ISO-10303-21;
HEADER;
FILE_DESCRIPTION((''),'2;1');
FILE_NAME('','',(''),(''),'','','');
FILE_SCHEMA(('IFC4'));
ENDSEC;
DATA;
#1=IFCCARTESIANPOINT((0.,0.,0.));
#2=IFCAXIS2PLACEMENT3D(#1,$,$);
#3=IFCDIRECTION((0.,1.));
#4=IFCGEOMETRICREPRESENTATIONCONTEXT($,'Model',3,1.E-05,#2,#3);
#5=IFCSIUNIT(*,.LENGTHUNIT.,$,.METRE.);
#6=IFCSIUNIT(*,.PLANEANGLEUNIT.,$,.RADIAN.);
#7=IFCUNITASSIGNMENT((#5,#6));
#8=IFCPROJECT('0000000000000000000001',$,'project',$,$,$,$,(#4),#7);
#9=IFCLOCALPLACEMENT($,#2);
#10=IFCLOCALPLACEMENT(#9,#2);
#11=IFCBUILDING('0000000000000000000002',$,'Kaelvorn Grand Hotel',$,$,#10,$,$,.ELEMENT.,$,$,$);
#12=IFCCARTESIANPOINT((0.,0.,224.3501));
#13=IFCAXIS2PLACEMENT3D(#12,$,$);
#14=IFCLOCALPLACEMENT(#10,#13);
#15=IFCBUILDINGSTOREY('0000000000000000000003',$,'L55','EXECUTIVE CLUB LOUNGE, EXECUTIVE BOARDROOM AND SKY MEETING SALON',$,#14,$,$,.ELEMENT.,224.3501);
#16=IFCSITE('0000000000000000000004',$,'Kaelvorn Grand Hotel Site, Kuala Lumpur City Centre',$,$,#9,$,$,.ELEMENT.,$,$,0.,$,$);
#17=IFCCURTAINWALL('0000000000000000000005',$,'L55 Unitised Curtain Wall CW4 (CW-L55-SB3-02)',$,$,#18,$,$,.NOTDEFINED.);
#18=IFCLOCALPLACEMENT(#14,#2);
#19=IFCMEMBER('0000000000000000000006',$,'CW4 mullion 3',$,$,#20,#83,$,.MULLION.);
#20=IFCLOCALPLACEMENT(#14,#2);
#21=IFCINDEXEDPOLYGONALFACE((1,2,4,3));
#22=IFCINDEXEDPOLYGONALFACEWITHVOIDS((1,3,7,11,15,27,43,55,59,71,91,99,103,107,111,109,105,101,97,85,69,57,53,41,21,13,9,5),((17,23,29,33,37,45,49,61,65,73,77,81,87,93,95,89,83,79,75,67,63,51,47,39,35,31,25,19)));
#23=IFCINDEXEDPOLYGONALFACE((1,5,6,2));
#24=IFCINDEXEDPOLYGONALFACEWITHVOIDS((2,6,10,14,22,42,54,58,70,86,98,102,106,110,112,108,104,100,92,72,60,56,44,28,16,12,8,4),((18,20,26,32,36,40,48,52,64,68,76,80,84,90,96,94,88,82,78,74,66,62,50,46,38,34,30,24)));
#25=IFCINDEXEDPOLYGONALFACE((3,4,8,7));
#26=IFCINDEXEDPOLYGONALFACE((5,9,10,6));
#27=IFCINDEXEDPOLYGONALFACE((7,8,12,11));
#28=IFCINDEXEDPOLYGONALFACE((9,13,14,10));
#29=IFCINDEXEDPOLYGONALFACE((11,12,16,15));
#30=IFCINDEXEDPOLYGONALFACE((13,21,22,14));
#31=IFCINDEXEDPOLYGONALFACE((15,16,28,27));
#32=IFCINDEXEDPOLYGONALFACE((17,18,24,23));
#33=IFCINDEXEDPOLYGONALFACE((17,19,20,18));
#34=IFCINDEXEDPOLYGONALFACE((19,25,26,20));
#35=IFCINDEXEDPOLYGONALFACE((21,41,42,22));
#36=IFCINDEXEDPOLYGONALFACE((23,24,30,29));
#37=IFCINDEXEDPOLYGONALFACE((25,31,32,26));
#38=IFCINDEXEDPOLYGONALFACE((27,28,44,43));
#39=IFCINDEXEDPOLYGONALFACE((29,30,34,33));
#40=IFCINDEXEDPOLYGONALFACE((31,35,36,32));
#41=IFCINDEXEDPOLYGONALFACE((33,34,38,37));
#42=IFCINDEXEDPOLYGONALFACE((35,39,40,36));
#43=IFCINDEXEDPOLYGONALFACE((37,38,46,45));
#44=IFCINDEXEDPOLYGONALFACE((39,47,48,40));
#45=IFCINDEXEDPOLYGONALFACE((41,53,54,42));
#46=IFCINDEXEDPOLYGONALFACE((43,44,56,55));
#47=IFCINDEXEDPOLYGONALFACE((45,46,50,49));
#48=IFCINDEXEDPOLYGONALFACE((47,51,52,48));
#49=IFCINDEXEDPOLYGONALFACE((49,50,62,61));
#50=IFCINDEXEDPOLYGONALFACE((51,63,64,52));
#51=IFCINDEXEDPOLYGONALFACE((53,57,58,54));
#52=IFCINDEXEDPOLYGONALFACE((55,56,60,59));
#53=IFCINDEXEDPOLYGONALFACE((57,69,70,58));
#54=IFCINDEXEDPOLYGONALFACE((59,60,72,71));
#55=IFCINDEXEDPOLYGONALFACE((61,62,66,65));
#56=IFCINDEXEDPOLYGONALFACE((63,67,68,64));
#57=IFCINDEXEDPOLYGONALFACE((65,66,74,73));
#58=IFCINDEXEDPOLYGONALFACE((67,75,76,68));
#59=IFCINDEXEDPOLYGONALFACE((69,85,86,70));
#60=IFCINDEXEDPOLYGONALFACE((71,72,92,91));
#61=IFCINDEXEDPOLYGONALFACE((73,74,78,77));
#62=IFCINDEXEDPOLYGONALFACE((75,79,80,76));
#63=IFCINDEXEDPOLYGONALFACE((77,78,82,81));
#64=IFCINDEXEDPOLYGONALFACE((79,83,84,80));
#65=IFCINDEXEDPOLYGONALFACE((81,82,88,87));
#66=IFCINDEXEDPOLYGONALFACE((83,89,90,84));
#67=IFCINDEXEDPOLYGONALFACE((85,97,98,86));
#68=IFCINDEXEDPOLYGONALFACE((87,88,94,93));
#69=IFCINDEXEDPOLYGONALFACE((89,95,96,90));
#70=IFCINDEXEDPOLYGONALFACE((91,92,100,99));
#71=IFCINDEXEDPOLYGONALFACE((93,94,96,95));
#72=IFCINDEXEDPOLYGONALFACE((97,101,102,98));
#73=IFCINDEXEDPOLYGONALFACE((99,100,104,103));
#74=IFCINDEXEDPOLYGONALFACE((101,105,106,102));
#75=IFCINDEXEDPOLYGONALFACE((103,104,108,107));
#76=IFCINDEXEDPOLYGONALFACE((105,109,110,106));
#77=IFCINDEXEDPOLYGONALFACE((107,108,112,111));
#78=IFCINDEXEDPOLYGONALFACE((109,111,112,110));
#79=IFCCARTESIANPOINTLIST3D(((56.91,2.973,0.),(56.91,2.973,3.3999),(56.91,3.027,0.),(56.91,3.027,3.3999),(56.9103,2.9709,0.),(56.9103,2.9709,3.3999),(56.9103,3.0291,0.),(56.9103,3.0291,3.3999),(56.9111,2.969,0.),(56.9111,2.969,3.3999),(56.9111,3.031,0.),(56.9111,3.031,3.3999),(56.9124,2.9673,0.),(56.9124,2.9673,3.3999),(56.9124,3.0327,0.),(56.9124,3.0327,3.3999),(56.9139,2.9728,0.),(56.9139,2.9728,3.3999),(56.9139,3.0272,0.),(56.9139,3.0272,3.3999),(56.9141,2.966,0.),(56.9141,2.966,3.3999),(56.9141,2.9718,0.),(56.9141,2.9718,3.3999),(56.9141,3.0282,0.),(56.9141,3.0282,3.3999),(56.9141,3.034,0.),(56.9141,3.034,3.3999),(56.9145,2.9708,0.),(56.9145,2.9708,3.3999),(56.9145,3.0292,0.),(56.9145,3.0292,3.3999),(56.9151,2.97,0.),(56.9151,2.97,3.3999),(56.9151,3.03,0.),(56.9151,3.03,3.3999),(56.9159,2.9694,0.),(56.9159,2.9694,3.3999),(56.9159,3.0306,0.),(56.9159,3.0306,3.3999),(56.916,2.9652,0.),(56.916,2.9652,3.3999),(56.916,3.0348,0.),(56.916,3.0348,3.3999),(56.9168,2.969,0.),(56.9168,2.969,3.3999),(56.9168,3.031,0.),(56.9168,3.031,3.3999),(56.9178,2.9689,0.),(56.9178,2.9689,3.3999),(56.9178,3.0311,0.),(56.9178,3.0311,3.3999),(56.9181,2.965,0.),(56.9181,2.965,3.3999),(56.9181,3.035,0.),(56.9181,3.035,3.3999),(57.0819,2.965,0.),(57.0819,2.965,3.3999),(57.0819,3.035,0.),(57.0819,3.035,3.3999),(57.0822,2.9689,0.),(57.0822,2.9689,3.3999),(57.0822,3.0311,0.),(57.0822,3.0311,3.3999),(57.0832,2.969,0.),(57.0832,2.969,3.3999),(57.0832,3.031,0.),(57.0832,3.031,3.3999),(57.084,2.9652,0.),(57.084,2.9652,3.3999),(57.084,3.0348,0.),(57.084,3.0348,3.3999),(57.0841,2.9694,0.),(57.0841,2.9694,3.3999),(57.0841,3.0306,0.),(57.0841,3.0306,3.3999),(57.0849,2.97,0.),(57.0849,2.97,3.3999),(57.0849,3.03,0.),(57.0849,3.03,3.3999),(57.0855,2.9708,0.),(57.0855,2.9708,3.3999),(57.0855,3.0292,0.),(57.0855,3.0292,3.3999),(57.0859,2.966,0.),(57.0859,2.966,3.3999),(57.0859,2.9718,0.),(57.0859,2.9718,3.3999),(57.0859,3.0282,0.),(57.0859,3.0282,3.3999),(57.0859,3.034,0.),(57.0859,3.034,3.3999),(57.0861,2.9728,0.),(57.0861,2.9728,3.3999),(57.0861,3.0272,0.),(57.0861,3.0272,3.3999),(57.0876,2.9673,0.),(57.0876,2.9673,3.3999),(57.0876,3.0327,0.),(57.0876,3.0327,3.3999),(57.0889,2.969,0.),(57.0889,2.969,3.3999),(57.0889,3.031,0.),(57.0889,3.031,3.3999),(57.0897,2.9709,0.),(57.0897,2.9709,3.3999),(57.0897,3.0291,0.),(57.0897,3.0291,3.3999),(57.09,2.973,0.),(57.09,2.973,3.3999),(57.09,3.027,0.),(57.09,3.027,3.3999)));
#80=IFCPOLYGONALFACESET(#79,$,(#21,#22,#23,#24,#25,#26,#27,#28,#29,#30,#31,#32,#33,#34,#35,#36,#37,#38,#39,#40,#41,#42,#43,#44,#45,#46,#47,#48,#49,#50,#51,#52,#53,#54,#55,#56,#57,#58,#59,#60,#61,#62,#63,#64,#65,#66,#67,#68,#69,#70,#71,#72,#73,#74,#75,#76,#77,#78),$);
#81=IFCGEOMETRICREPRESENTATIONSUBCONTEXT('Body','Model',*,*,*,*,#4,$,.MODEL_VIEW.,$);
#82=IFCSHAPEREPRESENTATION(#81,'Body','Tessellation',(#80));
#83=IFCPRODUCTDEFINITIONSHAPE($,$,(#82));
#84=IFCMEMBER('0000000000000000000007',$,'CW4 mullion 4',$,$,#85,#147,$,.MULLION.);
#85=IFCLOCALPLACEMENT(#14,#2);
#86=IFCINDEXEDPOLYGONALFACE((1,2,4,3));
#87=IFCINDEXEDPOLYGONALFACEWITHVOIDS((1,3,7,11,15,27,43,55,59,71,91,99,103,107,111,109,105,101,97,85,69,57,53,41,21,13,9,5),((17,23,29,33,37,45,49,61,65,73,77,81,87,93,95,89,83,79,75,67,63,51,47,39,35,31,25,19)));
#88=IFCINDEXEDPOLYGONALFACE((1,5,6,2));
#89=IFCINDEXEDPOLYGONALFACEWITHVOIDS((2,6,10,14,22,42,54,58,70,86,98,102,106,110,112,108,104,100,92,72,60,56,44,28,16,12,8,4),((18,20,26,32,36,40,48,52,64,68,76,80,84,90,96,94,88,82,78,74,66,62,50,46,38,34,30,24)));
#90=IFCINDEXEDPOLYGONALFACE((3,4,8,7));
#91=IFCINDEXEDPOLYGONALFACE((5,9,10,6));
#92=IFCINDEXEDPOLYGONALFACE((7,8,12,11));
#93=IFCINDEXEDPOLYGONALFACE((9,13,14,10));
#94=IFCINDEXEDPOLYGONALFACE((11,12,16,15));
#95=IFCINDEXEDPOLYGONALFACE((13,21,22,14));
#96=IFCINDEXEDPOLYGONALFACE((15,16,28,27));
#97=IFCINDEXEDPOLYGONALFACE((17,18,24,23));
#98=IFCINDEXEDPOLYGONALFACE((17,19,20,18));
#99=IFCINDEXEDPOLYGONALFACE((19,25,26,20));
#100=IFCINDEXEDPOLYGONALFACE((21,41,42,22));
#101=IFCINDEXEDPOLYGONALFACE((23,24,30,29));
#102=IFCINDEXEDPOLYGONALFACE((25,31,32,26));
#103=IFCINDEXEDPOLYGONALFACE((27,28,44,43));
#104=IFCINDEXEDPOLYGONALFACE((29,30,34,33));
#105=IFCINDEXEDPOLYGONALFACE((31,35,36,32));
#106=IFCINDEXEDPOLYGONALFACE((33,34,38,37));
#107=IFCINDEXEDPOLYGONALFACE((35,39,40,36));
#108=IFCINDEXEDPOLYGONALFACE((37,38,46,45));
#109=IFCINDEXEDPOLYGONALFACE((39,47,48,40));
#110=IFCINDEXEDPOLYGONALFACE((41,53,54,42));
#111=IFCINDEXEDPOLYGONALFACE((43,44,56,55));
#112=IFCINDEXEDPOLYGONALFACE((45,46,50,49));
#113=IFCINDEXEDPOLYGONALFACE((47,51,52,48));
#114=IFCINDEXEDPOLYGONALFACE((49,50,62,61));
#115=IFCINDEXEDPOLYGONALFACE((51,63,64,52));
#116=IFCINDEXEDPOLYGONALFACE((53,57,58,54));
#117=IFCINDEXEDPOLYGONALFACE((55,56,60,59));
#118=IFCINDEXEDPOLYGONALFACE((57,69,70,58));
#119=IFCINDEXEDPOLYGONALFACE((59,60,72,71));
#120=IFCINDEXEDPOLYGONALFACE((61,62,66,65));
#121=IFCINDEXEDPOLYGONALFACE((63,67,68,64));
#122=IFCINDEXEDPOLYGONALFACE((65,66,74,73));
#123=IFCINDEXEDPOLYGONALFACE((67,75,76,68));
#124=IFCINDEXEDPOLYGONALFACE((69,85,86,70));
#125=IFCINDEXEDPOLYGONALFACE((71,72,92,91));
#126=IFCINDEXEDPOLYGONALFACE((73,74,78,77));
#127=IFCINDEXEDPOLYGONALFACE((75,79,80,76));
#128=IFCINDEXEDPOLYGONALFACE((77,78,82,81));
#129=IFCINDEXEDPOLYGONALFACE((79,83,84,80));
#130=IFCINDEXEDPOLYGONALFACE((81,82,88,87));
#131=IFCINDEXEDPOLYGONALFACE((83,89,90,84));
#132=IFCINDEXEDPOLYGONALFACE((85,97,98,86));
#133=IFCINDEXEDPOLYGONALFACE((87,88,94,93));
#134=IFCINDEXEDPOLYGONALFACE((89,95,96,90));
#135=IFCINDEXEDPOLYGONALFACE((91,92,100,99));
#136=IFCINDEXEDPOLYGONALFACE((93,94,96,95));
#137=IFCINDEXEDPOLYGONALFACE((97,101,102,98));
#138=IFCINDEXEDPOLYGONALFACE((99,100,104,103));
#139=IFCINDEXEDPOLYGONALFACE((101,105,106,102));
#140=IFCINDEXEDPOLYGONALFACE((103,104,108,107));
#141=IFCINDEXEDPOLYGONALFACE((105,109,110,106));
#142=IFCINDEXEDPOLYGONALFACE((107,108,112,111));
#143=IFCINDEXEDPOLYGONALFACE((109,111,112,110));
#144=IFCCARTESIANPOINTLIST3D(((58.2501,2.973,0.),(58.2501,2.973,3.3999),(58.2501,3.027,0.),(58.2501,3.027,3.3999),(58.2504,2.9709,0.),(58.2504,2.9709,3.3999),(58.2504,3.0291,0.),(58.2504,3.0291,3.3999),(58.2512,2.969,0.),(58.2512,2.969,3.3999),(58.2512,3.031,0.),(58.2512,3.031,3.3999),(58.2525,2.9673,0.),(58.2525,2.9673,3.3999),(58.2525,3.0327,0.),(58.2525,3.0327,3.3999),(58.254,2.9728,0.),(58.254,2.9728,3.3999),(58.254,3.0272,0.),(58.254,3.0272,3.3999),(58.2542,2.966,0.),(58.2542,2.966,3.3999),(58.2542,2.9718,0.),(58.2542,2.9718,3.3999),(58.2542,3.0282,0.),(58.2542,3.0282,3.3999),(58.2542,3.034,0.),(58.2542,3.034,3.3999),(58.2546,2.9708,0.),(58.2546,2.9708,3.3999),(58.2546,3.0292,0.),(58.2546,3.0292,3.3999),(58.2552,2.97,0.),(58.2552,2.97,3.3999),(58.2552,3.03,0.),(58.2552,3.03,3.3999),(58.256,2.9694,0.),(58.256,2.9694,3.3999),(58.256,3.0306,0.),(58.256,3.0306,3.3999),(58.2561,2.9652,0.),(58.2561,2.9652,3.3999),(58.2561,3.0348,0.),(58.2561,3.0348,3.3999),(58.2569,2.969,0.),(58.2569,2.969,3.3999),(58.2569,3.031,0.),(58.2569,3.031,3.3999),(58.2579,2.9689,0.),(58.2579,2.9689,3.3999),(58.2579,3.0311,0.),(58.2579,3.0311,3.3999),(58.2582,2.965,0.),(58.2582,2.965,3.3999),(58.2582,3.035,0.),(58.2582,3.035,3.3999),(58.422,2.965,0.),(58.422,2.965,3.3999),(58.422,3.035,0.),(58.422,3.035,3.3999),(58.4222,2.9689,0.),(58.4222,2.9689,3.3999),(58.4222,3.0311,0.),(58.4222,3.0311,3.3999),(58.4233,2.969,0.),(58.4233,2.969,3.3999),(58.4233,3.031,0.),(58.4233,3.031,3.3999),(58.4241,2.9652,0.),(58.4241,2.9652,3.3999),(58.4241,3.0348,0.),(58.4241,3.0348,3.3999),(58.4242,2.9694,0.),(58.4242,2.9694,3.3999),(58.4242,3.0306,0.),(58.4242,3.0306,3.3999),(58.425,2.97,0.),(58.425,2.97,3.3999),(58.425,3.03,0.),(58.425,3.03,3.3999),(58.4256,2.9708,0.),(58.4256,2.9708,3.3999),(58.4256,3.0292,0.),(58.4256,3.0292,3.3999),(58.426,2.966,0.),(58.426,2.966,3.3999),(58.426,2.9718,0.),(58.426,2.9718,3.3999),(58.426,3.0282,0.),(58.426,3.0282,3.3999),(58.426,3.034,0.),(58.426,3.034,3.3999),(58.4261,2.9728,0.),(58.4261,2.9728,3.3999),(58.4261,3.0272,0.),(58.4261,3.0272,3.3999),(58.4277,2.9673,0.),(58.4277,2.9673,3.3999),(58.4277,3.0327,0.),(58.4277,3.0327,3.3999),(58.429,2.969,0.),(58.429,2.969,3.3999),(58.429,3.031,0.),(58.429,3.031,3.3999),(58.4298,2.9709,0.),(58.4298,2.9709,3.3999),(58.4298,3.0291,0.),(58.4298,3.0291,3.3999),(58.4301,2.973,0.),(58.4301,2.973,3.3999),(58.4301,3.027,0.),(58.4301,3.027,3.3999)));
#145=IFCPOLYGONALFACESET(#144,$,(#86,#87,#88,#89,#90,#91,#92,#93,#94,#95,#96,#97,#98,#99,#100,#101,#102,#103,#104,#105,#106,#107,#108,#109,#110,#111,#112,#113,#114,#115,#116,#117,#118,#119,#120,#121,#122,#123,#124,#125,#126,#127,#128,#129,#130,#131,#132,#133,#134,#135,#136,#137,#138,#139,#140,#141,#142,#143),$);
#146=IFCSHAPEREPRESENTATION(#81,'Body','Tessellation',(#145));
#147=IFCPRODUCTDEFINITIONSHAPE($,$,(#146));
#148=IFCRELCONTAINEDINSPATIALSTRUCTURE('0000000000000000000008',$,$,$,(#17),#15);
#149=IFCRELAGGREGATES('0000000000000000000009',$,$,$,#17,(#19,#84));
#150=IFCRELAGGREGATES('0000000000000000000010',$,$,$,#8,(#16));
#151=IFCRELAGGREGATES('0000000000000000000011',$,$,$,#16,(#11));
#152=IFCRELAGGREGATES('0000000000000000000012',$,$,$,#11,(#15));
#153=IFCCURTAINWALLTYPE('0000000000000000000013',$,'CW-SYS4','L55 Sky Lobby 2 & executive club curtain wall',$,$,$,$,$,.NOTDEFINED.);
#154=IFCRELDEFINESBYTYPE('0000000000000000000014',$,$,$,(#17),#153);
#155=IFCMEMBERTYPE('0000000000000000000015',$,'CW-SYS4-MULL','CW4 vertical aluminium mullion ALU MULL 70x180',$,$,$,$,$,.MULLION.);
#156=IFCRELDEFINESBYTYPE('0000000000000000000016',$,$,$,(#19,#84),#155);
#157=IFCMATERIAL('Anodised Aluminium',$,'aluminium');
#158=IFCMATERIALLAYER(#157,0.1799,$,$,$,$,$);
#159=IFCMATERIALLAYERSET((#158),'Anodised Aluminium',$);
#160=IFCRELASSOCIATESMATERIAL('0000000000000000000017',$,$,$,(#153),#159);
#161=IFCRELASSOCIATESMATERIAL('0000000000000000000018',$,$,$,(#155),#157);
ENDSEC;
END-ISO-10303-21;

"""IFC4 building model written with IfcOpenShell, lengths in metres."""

from ifc_helpers import new_model, si_unit, direction, frame, origin, origin_2d, place, context, subcontext, project, spatial, hollow_rectangle, extrude, material, layer, layer_set, material_profile, profile_set, type_object, element, aggregate, save


model = new_model("IFC4")

# Units and contexts
model_context = context("Model", 3, precision=1e-05, world=origin(), true_north=direction((0.0, 1.0)))
body_context = subcontext(model_context, "Body", "Model", "MODEL_VIEW")
ifc_project = project(units=[si_unit("LENGTHUNIT", "METRE"), si_unit("PLANEANGLEUNIT", "RADIAN")], contexts=[model_context])

# Site, building, storey
site_placement = place(None, origin())
site = spatial("IfcSite", under=ifc_project, at=site_placement, Name="Kaelvorn Grand Hotel Site, Kuala Lumpur City Centre", CompositionType="ELEMENT", RefElevation=0.0)
building_placement = place(site_placement, origin())
building = spatial("IfcBuilding", under=site, at=building_placement, Name="Kaelvorn Grand Hotel", CompositionType="ELEMENT")
storey_placement = place(building_placement, frame((0.0, 0.0, 224.3501)))
storey = spatial("IfcBuildingStorey", under=building, at=storey_placement, Name="L55", Description="EXECUTIVE CLUB LOUNGE, EXECUTIVE BOARDROOM AND SKY MEETING SALON", CompositionType="ELEMENT", Elevation=224.3501)

# Curtain wall, members
ifc_material_1 = material(Name="Anodised Aluminium", Category="aluminium")
ifc_layer_1 = layer(ifc_material_1, 0.1799)
ifc_layer_set_1 = layer_set([ifc_layer_1], Name="Anodised Aluminium")
curtain_wall_type = type_object("IfcCurtainWallType", Name="CW-SYS4", Description="L55 Sky Lobby 2 & executive club curtain wall", PredefinedType="NOTDEFINED", material=ifc_layer_set_1)
curtain_wall_placement = place(storey_placement, origin())
curtain_wall = element("IfcCurtainWall", 1, at=curtain_wall_placement, inside=storey, type_object=curtain_wall_type, Name="L55 Unitised Curtain Wall CW4 (CW-L55-SB3-02)", PredefinedType="NOTDEFINED")
ifc_material_profile_1 = material_profile(ifc_material_1, hollow_rectangle(XDim=0.0701, YDim=0.1799, WallThickness=0.0039, InnerFilletRadius=0.0039, OuterFilletRadius=0.0081, at=origin_2d()), Name="ALU MULL 70x180")
ifc_profile_set_1 = profile_set([ifc_material_profile_1], Name="Anodised Aluminium")
member_type_1 = type_object("IfcMemberType", Name="CW-SYS4-MULL", Description="CW4 vertical aluminium mullion ALU MULL 70x180", PredefinedType="MULLION", material=ifc_profile_set_1)
member_1_placement = place(storey_placement, frame((57.0, 3.0, 0.0), z_axis=(0.0, 0.0, 1.0), x_axis=(0.0, 1.0, 0.0)))
member_1 = element("IfcMember", 2, at=member_1_placement, type_object=member_type_1, Name="CW4 mullion 3", PredefinedType="MULLION", context=body_context, shape_type="SweptSolid", body=[
    extrude(hollow_rectangle(XDim=0.0701, YDim=0.1799, WallThickness=0.0039, InnerFilletRadius=0.0039, OuterFilletRadius=0.0081, at=origin_2d()), origin(), (0.0, 0.0, 1.0), 3.3999),
])
member_2_placement = place(storey_placement, frame((58.3401, 3.0, 0.0), z_axis=(0.0, 0.0, 1.0), x_axis=(0.0, 1.0, 0.0)))
member_2 = element("IfcMember", 3, at=member_2_placement, type_object=member_type_1, Name="CW4 mullion 4", PredefinedType="MULLION", context=body_context, shape_type="SweptSolid", body=[
    extrude(hollow_rectangle(XDim=0.0701, YDim=0.1799, WallThickness=0.0039, InnerFilletRadius=0.0039, OuterFilletRadius=0.0081, at=origin_2d()), origin(), (0.0, 0.0, 1.0), 3.3999),
])
aggregate(curtain_wall, [member_1, member_2])

save(model, "model.ifc")
